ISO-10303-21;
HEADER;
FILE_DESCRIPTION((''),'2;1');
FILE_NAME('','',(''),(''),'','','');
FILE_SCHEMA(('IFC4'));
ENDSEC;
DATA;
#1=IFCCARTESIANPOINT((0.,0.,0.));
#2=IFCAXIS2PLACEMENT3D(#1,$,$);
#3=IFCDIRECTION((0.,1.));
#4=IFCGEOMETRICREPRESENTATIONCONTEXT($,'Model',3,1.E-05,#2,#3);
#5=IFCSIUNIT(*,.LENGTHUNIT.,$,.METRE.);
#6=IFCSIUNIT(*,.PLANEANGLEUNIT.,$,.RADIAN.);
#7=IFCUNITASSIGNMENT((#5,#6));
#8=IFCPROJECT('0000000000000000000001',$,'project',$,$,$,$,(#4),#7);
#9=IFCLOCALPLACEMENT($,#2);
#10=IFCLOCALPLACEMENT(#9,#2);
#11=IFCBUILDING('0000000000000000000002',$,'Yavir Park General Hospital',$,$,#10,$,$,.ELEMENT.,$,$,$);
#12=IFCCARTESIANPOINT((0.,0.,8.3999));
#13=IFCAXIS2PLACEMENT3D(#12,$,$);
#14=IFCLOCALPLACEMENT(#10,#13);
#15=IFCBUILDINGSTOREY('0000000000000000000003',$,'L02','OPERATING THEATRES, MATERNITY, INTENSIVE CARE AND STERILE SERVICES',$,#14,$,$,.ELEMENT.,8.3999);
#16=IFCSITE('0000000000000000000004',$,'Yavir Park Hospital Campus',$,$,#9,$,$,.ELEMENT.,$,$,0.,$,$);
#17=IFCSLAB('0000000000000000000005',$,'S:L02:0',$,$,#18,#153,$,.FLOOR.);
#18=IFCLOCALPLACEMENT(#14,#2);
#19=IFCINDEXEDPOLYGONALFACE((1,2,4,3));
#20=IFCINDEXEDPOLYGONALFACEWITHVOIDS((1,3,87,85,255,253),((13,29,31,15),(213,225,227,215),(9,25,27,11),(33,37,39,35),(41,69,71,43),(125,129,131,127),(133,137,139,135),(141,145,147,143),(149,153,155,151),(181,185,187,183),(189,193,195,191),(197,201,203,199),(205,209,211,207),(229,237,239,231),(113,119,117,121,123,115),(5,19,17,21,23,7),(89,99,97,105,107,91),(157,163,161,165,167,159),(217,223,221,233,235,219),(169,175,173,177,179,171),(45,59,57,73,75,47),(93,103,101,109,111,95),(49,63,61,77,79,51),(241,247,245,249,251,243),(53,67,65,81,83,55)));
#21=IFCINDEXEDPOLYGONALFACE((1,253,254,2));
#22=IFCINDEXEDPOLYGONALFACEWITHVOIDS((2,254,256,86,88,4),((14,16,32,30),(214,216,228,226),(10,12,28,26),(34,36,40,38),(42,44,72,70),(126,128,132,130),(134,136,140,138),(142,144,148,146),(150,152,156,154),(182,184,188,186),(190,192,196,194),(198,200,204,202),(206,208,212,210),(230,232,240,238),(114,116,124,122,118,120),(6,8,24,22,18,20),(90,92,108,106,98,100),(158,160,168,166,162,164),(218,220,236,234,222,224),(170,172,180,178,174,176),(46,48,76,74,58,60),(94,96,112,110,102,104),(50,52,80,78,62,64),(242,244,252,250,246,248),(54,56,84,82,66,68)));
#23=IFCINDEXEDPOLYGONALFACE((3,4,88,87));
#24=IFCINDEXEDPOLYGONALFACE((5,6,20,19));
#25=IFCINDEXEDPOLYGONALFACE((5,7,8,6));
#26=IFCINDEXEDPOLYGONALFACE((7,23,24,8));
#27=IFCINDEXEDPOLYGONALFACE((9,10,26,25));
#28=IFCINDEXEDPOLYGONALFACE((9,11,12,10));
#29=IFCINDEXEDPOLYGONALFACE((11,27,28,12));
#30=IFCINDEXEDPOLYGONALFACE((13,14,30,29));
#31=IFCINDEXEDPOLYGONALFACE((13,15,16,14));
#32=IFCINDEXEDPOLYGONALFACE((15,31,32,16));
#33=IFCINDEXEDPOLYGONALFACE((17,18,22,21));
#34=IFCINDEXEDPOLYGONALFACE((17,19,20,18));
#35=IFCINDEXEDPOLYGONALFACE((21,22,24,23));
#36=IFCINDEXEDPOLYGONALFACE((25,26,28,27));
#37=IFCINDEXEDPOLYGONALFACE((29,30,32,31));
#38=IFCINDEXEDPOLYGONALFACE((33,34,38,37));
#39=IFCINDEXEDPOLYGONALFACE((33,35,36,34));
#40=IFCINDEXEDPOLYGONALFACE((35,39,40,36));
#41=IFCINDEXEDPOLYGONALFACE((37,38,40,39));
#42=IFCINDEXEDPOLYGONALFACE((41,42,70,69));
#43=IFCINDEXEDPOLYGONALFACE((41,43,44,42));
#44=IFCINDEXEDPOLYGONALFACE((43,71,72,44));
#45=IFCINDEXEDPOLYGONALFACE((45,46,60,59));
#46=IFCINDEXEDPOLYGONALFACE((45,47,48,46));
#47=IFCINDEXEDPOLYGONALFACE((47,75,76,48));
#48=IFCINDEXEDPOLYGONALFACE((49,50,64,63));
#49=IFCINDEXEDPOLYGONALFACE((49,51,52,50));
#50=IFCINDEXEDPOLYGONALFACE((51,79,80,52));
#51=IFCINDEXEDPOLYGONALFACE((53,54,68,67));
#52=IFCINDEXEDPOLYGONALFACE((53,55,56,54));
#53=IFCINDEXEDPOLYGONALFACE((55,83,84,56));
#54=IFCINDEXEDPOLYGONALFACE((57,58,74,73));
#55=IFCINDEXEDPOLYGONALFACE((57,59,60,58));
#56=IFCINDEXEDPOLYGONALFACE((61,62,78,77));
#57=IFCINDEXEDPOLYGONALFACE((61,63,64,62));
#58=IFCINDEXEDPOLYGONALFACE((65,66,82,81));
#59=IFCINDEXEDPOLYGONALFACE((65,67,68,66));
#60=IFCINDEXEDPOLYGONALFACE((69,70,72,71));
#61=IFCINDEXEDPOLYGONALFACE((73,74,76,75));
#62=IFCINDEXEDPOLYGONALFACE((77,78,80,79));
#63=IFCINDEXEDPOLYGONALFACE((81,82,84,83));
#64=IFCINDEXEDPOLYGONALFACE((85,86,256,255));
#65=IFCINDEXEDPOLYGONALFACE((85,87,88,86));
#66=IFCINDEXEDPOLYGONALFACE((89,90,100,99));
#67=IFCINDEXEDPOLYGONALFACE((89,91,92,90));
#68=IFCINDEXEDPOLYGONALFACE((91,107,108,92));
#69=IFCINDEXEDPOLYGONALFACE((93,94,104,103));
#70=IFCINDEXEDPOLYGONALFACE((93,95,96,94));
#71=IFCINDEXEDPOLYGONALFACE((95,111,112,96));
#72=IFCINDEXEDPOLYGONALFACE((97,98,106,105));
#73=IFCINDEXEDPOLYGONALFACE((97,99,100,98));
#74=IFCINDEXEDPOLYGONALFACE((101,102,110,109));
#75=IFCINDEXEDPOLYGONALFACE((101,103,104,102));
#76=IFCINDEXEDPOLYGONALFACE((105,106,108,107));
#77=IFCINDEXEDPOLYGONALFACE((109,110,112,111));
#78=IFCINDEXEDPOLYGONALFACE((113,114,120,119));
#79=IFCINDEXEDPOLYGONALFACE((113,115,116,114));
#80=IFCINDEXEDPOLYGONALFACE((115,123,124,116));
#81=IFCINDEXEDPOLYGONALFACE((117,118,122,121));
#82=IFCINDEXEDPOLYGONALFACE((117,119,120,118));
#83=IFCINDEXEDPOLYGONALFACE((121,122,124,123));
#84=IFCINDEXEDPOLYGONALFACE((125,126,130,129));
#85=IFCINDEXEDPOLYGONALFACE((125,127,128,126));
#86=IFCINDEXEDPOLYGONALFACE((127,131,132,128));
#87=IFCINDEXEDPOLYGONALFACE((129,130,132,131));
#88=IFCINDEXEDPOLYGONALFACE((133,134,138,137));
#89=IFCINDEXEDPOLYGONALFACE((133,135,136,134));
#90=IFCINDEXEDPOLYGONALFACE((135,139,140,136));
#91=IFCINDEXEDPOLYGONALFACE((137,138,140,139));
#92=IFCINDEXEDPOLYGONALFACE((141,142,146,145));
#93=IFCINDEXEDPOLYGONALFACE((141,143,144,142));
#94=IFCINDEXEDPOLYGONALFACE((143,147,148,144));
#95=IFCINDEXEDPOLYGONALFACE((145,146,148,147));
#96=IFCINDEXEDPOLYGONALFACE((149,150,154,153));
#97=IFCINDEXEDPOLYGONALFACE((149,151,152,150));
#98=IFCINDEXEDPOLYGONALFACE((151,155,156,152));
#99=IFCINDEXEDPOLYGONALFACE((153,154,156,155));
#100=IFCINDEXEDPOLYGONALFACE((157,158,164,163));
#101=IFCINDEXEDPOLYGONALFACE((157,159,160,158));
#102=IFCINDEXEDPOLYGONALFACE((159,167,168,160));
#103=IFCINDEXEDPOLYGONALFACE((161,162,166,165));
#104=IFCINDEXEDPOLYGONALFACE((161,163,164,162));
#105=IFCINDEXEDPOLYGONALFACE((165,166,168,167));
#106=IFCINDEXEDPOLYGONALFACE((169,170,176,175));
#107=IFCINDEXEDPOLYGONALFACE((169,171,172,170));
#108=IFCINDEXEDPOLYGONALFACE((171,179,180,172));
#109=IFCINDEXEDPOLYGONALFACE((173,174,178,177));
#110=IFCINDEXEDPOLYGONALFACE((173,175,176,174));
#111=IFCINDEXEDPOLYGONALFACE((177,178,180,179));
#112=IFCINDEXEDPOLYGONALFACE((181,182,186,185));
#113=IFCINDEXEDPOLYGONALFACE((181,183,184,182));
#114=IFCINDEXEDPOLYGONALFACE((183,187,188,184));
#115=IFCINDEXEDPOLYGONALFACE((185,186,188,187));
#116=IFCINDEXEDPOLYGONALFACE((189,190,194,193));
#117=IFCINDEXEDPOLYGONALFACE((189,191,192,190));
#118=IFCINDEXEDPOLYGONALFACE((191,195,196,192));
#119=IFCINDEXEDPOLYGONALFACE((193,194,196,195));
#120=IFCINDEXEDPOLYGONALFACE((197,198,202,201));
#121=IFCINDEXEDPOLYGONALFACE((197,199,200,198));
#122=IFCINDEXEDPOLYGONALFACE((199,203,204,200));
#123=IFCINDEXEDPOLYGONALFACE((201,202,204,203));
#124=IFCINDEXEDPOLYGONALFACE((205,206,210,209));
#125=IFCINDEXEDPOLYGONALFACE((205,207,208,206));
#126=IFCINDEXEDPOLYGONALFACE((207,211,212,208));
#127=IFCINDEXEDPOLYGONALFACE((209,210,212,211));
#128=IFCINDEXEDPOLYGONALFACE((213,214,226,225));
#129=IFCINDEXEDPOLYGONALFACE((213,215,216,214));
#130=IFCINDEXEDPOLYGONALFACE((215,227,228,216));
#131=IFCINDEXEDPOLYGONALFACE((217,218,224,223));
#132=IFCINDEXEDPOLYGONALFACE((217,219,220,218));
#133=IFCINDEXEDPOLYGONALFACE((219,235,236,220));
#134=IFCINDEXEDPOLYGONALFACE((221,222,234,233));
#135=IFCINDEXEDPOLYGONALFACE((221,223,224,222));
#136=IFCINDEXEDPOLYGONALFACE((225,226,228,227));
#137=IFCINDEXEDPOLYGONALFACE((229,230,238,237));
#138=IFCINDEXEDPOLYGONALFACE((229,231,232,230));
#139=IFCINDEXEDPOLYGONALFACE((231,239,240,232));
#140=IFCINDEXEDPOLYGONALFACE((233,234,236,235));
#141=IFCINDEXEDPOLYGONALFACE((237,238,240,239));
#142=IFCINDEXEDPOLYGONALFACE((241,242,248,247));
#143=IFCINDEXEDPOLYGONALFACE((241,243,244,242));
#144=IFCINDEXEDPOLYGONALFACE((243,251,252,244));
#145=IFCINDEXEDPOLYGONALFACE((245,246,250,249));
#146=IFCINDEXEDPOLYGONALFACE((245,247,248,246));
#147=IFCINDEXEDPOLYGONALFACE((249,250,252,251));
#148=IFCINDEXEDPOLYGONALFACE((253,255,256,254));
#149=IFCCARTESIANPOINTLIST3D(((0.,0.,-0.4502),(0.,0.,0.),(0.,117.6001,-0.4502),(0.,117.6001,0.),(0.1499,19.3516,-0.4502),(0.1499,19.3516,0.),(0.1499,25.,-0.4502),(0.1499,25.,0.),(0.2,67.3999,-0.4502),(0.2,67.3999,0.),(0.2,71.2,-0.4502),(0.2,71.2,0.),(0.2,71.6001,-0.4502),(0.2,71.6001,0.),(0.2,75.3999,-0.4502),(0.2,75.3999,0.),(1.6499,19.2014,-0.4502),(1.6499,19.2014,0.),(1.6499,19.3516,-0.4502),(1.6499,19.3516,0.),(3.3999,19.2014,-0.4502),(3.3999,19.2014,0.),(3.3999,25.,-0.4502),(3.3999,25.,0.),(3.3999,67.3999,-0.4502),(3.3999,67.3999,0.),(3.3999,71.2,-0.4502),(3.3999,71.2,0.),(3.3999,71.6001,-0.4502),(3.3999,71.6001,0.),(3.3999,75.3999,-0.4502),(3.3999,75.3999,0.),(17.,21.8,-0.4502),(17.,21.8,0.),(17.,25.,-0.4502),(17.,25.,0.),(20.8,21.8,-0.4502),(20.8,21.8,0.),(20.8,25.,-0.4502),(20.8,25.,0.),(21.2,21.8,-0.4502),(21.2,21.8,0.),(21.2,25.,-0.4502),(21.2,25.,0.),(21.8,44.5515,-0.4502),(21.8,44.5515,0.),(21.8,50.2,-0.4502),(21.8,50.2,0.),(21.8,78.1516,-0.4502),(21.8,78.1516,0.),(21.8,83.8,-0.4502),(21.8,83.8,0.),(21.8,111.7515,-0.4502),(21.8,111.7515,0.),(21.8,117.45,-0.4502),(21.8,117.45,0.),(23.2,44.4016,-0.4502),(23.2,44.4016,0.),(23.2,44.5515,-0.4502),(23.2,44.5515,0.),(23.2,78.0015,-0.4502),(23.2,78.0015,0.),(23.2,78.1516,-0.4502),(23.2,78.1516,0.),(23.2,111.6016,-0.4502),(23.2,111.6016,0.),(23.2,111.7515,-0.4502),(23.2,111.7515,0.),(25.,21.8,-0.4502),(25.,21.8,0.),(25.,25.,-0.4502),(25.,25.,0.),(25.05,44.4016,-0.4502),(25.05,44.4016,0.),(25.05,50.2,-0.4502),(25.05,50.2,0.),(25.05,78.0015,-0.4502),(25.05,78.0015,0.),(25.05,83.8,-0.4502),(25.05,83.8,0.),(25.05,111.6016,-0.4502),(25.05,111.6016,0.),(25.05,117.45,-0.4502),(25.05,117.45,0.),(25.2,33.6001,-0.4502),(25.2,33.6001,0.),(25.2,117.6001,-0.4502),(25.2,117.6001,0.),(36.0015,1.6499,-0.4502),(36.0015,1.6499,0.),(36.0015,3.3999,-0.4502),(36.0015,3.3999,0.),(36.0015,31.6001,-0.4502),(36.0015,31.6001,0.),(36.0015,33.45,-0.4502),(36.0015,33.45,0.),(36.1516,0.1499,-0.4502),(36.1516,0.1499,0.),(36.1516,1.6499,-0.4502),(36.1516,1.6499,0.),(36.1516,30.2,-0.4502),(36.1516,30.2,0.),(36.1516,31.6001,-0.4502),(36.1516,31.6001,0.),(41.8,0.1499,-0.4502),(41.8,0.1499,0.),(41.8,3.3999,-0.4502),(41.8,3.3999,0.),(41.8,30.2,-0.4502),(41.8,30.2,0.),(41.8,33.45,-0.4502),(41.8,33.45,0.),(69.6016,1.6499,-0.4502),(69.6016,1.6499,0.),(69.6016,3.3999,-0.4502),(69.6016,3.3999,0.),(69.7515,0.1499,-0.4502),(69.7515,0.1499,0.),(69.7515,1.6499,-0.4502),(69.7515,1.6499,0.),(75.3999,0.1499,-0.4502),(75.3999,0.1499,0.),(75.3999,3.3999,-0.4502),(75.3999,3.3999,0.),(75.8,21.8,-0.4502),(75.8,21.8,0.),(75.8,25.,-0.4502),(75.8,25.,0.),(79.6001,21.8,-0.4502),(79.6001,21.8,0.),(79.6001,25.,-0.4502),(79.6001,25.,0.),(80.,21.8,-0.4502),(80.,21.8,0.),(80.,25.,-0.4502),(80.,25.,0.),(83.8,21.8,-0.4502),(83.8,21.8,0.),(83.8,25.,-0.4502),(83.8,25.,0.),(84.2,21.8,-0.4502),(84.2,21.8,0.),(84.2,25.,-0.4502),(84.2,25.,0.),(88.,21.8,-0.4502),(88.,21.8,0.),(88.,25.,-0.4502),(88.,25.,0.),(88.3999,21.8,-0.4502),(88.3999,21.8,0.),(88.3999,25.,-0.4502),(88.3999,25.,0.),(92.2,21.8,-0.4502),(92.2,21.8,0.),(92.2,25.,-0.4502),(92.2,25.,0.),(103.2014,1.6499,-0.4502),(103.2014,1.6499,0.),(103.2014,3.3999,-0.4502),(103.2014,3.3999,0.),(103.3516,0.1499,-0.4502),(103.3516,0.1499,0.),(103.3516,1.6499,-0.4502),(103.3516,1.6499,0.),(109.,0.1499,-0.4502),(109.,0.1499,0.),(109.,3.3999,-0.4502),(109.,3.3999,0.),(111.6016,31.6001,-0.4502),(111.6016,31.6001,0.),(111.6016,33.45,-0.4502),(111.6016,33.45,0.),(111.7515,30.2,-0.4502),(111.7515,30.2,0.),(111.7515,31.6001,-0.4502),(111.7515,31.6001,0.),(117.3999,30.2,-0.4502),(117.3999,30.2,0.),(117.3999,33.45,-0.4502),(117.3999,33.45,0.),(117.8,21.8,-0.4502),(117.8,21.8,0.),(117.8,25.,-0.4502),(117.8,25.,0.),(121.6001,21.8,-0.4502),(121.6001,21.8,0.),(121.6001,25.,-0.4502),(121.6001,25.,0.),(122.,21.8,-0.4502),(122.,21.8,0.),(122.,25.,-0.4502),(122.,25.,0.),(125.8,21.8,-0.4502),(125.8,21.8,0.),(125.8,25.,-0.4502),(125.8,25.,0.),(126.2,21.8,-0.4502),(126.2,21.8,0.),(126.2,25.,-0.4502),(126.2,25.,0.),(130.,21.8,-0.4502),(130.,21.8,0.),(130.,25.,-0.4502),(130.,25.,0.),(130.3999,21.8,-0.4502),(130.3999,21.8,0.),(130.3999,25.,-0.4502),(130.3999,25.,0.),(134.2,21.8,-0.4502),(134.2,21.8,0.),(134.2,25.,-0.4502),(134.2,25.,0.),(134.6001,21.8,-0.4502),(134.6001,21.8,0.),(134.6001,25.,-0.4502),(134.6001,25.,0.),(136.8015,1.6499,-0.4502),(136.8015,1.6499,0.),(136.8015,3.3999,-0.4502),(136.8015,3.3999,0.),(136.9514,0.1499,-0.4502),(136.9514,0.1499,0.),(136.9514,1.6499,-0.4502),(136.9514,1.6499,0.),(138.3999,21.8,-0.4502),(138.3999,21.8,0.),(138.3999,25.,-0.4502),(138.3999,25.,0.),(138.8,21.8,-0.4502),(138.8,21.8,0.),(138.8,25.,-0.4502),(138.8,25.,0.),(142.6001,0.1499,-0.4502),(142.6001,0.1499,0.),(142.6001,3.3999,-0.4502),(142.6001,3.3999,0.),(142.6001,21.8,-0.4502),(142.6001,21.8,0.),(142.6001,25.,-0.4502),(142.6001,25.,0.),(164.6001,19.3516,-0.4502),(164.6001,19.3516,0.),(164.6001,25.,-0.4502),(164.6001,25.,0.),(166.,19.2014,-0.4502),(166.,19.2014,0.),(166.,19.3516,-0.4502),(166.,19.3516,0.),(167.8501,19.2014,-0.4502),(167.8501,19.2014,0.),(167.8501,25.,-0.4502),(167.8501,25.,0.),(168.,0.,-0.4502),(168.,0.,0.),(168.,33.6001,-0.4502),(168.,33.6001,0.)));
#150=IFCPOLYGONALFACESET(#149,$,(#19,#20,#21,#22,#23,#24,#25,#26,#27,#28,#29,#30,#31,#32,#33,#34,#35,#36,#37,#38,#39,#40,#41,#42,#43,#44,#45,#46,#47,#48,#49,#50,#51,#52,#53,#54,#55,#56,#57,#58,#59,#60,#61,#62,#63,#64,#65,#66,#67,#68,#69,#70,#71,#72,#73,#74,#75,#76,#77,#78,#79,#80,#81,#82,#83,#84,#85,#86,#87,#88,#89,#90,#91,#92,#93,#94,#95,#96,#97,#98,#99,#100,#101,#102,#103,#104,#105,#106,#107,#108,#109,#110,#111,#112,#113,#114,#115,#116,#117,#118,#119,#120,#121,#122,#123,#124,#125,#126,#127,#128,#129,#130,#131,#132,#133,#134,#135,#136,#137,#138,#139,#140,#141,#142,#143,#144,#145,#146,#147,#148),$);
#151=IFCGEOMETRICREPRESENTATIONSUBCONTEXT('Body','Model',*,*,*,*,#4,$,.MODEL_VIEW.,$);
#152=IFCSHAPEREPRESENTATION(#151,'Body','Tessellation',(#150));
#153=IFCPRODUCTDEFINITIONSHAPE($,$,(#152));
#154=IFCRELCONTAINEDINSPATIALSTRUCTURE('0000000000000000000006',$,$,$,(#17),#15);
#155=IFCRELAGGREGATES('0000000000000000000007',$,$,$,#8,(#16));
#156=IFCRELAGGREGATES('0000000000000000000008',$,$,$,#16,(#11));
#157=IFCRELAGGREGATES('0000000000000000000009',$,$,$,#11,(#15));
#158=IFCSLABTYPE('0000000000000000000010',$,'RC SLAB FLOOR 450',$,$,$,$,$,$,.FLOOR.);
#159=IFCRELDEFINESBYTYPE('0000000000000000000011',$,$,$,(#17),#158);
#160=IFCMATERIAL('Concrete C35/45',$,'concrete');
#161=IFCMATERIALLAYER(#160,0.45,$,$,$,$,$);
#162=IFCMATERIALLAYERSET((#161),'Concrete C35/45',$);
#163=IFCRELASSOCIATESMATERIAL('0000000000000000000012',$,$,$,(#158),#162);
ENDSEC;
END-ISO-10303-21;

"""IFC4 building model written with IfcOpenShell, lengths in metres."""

from ifc_helpers import new_model, si_unit, direction, frame, origin, place, context, subcontext, project, spatial, polyline, outline, extrude, material, layer, layer_set, type_object, element, save


model = new_model("IFC4")

# Units and contexts
model_context = context("Model", 3, precision=1e-05, world=origin(), true_north=direction((0.0, 1.0)))
body_context = subcontext(model_context, "Body", "Model", "MODEL_VIEW")
ifc_project = project(units=[si_unit("LENGTHUNIT", "METRE"), si_unit("PLANEANGLEUNIT", "RADIAN")], contexts=[model_context])

# Site, building, storey
site_placement = place(None, origin())
site = spatial("IfcSite", under=ifc_project, at=site_placement, Name="Yavir Park Hospital Campus", CompositionType="ELEMENT", RefElevation=0.0)
building_placement = place(site_placement, origin())
building = spatial("IfcBuilding", under=site, at=building_placement, Name="Yavir Park General Hospital", CompositionType="ELEMENT")
storey_placement = place(building_placement, frame((0.0, 0.0, 8.3999)))
storey = spatial("IfcBuildingStorey", under=building, at=storey_placement, Name="L02", Description="OPERATING THEATRES, MATERNITY, INTENSIVE CARE AND STERILE SERVICES", CompositionType="ELEMENT", Elevation=8.3999)

# Slab
ifc_material_1 = material(Name="Concrete C35/45", Category="concrete")
ifc_layer_1 = layer(ifc_material_1, 0.45)
ifc_layer_set_1 = layer_set([ifc_layer_1], Name="Concrete C35/45")
slab_type_1 = type_object("IfcSlabType", Name="RC SLAB FLOOR 450", PredefinedType="FLOOR", material=ifc_layer_set_1)
slab_1_placement = place(storey_placement, frame((0.0, 0.0, -0.4502)))
element("IfcSlab", 1, at=slab_1_placement, inside=storey, type_object=slab_type_1, Name="S:L02:0", PredefinedType="FLOOR", context=body_context, shape_type="SweptSolid", body=[
    extrude(outline(polyline([(168.0, 33.6001), (25.2, 33.6001), (25.2, 117.6001), (0.0, 117.6001), (0.0, 0.0), (168.0, 0.0), (168.0, 33.6001)]), holes=[polyline([(17.0, 25.0), (20.8, 25.0), (20.8, 21.8), (17.0, 21.8), (17.0, 25.0)]), polyline([(21.2, 25.0), (25.0, 25.0), (25.0, 21.8), (21.2, 21.8), (21.2, 25.0)]), polyline([(75.8, 25.0), (79.6001, 25.0), (79.6001, 21.8), (75.8, 21.8), (75.8, 25.0)]), polyline([(80.0, 25.0), (83.8, 25.0), (83.8, 21.8), (80.0, 21.8), (80.0, 25.0)]), polyline([(84.2, 21.8), (84.2, 25.0), (88.0, 25.0), (88.0, 21.8), (84.2, 21.8)]), polyline([(88.3999, 25.0), (92.2, 25.0), (92.2, 21.8), (88.3999, 21.8), (88.3999, 25.0)]), polyline([(0.2, 71.2), (3.3999, 71.2), (3.3999, 67.3999), (0.2, 67.3999), (0.2, 71.2)]), polyline([(0.2, 75.3999), (3.3999, 75.3999), (3.3999, 71.6001), (0.2, 71.6001), (0.2, 75.3999)]), polyline([(117.8, 25.0), (121.6001, 25.0), (121.6001, 21.8), (117.8, 21.8), (117.8, 25.0)]), polyline([(122.0, 25.0), (125.8, 25.0), (125.8, 21.8), (122.0, 21.8), (122.0, 25.0)]), polyline([(126.2, 25.0), (130.0, 25.0), (130.0, 21.8), (126.2, 21.8), (126.2, 25.0)]), polyline([(130.3999, 25.0), (134.2, 25.0), (134.2, 21.8), (130.3999, 21.8), (130.3999, 25.0)]), polyline([(134.6001, 25.0), (138.3999, 25.0), (138.3999, 21.8), (134.6001, 21.8), (134.6001, 25.0)]), polyline([(138.8, 25.0), (142.6001, 25.0), (142.6001, 21.8), (138.8, 21.8), (138.8, 25.0)]), polyline([(3.3999, 19.2014), (1.6499, 19.2014), (1.6499, 19.3516), (0.1499, 19.3516), (0.1499, 25.0), (3.3999, 25.0), (3.3999, 19.2014)]), polyline([(41.8, 0.1499), (36.1516, 0.1499), (36.1516, 1.6499), (36.0015, 1.6499), (36.0015, 3.3999), (41.8, 3.3999), (41.8, 0.1499)]), polyline([(69.7515, 1.6499), (69.6016, 1.6499), (69.6016, 3.3999), (75.3999, 3.3999), (75.3999, 0.1499), (69.7515, 0.1499), (69.7515, 1.6499)]), polyline([(103.2014, 3.3999), (109.0, 3.3999), (109.0, 0.1499), (103.3516, 0.1499), (103.3516, 1.6499), (103.2014, 1.6499), (103.2014, 3.3999)]), polyline([(142.6001, 0.1499), (136.9514, 0.1499), (136.9514, 1.6499), (136.8015, 1.6499), (136.8015, 3.3999), (142.6001, 3.3999), (142.6001, 0.1499)]), polyline([(164.6001, 25.0), (167.8501, 25.0), (167.8501, 19.2014), (166.0, 19.2014), (166.0, 19.3516), (164.6001, 19.3516), (164.6001, 25.0)]), polyline([(36.0015, 33.45), (41.8, 33.45), (41.8, 30.2), (36.1516, 30.2), (36.1516, 31.6001), (36.0015, 31.6001), (36.0015, 33.45)]), polyline([(117.3999, 30.2), (111.7515, 30.2), (111.7515, 31.6001), (111.6016, 31.6001), (111.6016, 33.45), (117.3999, 33.45), (117.3999, 30.2)]), polyline([(21.8, 50.2), (25.05, 50.2), (25.05, 44.4016), (23.2, 44.4016), (23.2, 44.5515), (21.8, 44.5515), (21.8, 50.2)]), polyline([(25.05, 78.0015), (23.2, 78.0015), (23.2, 78.1516), (21.8, 78.1516), (21.8, 83.8), (25.05, 83.8), (25.05, 78.0015)]), polyline([(23.2, 111.7515), (21.8, 111.7515), (21.8, 117.45), (25.05, 117.45), (25.05, 111.6016), (23.2, 111.6016), (23.2, 111.7515)])]), origin(), (0.0, 0.0, 1.0), 0.4502),
])

save(model, "model.ifc")
